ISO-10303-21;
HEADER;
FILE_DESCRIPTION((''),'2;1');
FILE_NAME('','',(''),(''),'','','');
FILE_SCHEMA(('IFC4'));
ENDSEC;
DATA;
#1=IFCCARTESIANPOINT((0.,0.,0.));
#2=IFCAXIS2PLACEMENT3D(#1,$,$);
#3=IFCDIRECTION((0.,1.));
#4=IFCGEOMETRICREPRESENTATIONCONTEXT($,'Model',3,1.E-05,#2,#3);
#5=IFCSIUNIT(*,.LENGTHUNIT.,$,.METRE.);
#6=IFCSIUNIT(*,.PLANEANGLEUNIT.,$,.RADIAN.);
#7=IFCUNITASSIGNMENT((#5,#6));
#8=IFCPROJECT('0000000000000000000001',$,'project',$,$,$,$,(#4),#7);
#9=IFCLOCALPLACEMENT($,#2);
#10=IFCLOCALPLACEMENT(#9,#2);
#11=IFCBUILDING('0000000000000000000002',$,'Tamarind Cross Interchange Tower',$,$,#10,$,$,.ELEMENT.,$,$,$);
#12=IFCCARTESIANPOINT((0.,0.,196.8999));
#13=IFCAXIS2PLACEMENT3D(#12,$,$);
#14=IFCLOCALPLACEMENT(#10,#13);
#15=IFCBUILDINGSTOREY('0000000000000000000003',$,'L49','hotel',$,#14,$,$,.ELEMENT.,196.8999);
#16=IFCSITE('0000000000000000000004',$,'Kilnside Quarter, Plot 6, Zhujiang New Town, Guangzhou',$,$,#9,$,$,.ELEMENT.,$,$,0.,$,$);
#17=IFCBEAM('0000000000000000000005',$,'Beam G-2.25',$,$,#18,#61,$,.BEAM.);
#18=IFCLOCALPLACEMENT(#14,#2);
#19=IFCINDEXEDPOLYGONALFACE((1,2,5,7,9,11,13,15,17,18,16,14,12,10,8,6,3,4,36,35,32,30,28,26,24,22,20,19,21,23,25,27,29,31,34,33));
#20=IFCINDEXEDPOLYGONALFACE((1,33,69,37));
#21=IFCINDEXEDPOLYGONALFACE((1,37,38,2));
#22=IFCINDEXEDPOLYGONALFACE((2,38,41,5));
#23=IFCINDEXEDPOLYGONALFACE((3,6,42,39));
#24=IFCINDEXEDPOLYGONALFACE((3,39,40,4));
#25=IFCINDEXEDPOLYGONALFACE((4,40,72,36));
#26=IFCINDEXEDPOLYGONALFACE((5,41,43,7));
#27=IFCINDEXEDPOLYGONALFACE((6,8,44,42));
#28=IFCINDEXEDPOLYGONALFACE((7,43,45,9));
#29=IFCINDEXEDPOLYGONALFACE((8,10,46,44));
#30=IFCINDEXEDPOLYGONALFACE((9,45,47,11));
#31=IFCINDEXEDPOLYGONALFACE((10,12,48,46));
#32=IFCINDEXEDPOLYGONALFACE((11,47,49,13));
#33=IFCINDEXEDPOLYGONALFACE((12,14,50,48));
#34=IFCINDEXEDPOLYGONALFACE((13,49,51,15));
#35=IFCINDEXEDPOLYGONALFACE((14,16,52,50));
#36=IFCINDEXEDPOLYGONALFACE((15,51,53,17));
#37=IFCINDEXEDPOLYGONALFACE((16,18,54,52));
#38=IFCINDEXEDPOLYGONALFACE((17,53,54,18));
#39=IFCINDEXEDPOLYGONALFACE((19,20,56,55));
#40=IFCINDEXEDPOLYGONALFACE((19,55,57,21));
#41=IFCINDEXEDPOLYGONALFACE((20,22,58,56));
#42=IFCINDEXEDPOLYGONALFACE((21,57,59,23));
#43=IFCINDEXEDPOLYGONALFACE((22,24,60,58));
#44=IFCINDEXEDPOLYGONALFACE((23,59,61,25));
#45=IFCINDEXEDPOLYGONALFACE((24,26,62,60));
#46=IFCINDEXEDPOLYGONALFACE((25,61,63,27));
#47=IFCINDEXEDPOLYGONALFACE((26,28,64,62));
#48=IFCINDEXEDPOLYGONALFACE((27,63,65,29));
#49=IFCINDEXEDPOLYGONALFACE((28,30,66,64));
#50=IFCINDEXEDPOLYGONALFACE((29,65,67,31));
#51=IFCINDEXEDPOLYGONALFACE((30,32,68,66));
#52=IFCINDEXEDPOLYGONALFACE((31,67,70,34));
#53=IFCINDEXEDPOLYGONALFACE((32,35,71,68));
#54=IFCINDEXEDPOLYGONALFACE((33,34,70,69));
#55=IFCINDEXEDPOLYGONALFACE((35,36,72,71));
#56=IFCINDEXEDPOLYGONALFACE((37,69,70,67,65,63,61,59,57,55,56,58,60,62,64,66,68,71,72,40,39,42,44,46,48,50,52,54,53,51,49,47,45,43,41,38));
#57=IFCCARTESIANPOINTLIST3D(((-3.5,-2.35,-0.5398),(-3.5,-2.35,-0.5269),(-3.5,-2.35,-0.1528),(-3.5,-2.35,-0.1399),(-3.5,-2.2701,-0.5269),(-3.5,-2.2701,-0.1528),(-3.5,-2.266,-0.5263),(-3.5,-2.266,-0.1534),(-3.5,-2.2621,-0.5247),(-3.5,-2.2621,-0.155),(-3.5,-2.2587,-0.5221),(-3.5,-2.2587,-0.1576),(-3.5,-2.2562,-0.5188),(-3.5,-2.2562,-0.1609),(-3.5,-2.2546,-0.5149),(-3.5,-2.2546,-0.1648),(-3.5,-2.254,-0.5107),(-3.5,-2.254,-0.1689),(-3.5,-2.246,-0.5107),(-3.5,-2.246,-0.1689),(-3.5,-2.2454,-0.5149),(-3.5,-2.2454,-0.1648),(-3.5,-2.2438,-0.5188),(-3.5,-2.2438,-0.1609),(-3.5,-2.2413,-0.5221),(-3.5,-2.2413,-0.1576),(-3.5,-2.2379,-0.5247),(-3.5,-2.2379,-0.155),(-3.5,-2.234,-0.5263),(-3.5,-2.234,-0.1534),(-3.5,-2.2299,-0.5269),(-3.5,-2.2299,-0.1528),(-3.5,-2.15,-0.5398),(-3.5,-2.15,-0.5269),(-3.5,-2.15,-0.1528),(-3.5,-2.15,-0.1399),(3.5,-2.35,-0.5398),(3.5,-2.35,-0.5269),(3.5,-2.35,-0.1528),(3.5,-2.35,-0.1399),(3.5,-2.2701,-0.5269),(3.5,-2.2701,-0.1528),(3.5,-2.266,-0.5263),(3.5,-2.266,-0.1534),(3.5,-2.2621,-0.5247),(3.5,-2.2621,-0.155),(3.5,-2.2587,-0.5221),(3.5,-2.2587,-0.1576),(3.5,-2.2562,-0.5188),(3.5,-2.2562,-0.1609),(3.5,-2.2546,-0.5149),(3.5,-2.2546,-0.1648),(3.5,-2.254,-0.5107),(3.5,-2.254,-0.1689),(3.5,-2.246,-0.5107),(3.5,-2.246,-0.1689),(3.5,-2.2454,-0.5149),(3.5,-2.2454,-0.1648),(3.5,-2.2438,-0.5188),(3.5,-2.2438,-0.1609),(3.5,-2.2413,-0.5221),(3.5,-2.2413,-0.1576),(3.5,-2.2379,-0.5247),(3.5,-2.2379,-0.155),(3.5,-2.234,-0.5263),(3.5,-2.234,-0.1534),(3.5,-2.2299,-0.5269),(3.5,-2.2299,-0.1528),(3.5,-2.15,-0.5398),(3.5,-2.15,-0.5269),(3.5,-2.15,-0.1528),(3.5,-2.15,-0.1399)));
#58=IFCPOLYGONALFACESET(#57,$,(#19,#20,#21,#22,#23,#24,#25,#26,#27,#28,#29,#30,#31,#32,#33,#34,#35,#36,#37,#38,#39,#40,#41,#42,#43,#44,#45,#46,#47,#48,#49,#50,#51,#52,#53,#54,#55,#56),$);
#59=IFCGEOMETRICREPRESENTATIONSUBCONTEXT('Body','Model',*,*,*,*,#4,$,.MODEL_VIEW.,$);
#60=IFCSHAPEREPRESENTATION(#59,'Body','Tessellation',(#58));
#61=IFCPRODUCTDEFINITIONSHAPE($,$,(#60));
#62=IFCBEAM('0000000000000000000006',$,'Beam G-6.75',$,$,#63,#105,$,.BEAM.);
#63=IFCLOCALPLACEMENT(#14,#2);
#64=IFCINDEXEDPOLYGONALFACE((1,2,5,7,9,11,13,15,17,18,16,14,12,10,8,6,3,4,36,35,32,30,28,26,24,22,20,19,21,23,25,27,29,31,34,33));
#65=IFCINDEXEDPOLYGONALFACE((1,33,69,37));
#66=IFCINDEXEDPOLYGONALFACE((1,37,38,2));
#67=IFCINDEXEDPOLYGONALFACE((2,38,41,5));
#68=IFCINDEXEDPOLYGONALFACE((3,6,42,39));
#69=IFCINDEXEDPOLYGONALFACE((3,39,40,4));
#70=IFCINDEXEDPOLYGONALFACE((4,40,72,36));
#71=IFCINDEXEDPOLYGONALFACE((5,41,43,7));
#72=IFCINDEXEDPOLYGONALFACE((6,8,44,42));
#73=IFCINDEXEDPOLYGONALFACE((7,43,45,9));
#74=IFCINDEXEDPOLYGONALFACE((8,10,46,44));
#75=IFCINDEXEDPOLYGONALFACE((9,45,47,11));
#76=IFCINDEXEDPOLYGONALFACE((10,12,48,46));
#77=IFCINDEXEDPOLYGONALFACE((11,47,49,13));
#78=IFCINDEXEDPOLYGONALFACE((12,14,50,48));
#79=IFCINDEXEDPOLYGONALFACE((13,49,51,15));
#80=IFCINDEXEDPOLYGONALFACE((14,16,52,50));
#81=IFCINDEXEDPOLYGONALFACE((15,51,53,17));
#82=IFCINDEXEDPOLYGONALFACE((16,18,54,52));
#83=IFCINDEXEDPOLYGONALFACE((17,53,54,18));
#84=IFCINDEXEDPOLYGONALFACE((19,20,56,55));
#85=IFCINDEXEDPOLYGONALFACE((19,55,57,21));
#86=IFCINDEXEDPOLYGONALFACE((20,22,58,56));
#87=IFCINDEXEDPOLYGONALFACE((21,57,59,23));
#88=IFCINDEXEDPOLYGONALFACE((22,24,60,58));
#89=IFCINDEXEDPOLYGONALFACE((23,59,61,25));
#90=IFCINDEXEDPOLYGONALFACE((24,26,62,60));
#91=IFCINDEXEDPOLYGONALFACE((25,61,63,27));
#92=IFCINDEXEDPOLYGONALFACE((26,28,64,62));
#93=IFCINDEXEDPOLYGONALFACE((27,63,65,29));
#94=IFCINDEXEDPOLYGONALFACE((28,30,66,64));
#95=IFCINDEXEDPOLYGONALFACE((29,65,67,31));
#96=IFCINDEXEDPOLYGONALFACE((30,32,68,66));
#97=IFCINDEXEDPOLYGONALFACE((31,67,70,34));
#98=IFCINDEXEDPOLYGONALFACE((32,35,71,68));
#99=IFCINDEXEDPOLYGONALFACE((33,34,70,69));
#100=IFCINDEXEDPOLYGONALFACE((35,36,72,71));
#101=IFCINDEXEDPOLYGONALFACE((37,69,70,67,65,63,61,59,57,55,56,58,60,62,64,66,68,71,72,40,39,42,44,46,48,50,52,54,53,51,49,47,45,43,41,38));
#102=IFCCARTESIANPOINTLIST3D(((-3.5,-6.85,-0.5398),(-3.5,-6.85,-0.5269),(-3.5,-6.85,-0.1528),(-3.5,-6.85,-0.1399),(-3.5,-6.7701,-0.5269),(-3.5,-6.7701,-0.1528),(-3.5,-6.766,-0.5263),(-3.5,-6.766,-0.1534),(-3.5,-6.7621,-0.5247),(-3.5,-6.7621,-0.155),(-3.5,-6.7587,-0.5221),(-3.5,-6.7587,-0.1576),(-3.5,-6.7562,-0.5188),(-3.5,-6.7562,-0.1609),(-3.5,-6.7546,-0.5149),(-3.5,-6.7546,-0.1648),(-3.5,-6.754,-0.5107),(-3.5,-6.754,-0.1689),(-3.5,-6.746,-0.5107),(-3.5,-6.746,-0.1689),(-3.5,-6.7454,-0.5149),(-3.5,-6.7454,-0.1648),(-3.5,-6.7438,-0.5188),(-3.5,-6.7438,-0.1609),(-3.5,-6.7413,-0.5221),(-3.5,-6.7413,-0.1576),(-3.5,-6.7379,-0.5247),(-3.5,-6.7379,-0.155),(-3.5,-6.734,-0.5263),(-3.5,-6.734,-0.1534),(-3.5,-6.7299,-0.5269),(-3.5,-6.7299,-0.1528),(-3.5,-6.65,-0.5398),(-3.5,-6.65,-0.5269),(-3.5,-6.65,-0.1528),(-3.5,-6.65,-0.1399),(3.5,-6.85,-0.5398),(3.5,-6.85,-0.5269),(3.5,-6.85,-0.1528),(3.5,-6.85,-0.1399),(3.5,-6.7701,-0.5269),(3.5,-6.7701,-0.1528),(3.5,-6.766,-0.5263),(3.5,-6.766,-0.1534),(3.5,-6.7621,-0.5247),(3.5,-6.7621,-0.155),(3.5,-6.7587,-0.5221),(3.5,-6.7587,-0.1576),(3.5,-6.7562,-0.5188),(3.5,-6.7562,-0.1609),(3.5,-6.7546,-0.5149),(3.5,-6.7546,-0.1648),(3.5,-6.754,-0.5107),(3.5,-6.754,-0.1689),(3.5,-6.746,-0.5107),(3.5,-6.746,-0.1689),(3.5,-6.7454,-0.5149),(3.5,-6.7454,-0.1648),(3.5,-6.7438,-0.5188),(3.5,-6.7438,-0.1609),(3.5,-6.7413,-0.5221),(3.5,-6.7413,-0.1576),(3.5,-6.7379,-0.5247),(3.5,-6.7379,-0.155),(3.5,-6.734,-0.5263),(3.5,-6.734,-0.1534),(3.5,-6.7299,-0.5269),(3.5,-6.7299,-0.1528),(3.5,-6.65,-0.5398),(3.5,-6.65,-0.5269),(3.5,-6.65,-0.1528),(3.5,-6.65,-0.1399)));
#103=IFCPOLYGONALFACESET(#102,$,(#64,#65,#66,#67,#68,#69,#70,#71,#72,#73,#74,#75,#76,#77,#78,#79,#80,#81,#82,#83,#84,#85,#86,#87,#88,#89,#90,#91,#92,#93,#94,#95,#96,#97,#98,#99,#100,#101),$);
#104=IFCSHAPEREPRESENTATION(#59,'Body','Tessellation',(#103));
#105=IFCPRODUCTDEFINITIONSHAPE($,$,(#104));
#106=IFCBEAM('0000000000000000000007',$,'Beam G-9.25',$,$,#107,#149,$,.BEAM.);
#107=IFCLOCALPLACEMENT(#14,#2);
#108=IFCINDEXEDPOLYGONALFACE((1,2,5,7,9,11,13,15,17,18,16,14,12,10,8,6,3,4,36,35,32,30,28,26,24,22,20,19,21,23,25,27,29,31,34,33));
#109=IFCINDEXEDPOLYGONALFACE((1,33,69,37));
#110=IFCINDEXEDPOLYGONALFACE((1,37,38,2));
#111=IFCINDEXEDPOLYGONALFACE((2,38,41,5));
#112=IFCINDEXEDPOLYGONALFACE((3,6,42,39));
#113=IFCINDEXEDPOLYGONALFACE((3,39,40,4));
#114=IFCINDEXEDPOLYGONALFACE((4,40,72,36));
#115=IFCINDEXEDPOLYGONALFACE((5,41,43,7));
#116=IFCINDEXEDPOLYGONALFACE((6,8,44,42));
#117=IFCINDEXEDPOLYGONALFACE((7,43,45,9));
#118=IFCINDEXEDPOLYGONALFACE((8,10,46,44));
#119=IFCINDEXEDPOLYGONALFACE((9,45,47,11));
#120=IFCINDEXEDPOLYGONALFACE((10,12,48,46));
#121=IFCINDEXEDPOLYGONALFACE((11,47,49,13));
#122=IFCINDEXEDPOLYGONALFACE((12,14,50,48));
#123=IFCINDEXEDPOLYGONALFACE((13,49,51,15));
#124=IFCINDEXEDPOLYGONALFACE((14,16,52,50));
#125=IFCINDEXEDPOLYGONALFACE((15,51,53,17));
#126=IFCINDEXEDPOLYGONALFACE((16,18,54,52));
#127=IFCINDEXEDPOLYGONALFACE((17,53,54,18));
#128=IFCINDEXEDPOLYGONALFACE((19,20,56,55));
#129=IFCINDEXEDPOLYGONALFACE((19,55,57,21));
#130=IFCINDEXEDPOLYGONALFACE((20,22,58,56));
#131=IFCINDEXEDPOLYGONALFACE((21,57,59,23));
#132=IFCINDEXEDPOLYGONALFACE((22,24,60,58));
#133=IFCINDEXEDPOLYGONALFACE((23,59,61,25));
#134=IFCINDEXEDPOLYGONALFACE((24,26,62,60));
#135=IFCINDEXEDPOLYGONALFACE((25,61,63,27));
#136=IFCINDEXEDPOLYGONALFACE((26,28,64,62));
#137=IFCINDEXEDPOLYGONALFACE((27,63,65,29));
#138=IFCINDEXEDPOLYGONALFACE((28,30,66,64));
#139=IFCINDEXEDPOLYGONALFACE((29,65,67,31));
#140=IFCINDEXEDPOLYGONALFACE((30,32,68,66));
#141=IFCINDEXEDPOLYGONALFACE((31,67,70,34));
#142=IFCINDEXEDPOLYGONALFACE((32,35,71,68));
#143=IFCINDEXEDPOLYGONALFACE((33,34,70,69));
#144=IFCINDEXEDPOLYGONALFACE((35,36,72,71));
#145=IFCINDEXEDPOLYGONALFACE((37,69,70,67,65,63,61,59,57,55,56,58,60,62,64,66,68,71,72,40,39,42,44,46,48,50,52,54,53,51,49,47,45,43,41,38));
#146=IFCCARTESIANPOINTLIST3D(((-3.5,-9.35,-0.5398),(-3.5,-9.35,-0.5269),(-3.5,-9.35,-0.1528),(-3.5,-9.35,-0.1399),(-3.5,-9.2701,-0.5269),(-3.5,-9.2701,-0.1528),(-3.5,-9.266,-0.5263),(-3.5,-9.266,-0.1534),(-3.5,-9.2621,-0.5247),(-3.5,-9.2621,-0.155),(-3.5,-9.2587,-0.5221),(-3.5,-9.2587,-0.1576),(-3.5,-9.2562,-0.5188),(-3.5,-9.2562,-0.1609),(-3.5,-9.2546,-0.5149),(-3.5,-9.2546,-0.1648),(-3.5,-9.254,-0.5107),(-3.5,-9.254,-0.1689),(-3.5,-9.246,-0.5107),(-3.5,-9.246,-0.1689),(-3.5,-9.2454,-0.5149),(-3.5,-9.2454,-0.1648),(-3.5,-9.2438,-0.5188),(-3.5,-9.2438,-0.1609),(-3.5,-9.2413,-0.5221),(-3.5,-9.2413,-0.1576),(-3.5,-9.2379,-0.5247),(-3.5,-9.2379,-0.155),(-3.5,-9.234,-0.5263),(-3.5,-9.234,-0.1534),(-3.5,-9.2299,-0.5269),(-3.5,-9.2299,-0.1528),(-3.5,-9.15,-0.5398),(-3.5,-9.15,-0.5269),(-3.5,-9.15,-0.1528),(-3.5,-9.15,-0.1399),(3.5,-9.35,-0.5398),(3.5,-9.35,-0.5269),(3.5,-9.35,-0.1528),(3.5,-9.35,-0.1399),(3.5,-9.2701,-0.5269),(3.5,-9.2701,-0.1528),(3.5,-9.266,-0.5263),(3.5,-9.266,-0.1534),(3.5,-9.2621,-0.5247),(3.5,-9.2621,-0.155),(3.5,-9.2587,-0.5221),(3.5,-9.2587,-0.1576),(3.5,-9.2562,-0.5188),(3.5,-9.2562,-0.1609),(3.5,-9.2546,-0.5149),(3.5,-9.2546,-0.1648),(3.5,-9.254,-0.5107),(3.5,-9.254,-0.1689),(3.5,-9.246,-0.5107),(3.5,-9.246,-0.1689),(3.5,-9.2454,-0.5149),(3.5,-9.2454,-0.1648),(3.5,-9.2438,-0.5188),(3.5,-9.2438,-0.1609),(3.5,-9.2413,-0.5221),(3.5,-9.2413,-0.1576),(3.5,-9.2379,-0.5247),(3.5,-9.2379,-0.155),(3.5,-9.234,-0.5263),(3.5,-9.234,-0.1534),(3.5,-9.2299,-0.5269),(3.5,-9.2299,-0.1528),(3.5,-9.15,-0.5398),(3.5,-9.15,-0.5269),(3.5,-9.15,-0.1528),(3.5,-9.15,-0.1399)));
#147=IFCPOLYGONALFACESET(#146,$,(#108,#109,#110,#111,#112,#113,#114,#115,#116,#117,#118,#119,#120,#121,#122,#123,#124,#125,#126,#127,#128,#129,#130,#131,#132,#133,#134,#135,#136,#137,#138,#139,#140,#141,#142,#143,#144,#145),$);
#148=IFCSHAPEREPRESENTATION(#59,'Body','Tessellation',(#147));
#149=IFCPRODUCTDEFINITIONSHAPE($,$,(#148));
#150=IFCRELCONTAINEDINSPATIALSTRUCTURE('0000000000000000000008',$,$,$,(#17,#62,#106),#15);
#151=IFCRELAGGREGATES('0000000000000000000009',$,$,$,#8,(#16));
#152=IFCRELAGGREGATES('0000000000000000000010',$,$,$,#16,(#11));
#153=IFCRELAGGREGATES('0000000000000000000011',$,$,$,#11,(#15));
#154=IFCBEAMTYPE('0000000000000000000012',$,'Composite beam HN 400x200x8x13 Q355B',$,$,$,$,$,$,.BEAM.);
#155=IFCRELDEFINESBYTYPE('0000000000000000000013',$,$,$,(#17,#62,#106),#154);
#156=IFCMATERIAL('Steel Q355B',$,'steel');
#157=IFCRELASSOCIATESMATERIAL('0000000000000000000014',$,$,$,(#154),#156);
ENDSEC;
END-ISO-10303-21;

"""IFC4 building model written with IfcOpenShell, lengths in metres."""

from ifc_helpers import new_model, si_unit, direction, frame, origin, origin_2d, place, context, subcontext, project, spatial, i_section, extrude, material, material_profile, profile_set, type_object, element, save


model = new_model("IFC4")

# Units and contexts
model_context = context("Model", 3, precision=1e-05, world=origin(), true_north=direction((0.0, 1.0)))
body_context = subcontext(model_context, "Body", "Model", "MODEL_VIEW")
ifc_project = project(units=[si_unit("LENGTHUNIT", "METRE"), si_unit("PLANEANGLEUNIT", "RADIAN")], contexts=[model_context])

# Site, building, storey
site_placement = place(None, origin())
site = spatial("IfcSite", under=ifc_project, at=site_placement, Name="Kilnside Quarter, Plot 6, Zhujiang New Town, Guangzhou", CompositionType="ELEMENT", RefElevation=0.0)
building_placement = place(site_placement, origin())
building = spatial("IfcBuilding", under=site, at=building_placement, Name="Tamarind Cross Interchange Tower", CompositionType="ELEMENT")
storey_placement = place(building_placement, frame((0.0, 0.0, 196.8999)))
storey = spatial("IfcBuildingStorey", under=building, at=storey_placement, Name="L49", Description="hotel", CompositionType="ELEMENT", Elevation=196.8999)

# Beams
ifc_material_1 = material(Name="Steel Q355B", Category="steel")
ifc_material_profile = material_profile(ifc_material_1, i_section(OverallWidth=0.2, OverallDepth=0.3999, WebThickness=0.0081, FlangeThickness=0.0129, FilletRadius=0.0161, at=origin_2d()), Name="HN 400x200x8x13")
ifc_profile_set = profile_set([ifc_material_profile], Name="Steel Q355B")
beam_type = type_object("IfcBeamType", Name="Composite beam HN 400x200x8x13 Q355B", PredefinedType="BEAM", material=ifc_profile_set)
for number, where, z_axis, x_axis, name in (
    (1, (-3.5, -2.25, -0.3398), (1.0, 0.0, 0.0), (0.0, 1.0, 0.0), "Beam G-2.25"),
    (2, (-3.5, -6.75, -0.3398), (1.0, 0.0, 0.0), (0.0, 1.0, 0.0), "Beam G-6.75"),
    (3, (-3.5, -9.25, -0.3398), (1.0, 0.0, 0.0), (0.0, 1.0, 0.0), "Beam G-9.25"),
):
    element("IfcBeam", number, at=place(storey_placement, frame(where, z_axis=z_axis, x_axis=x_axis)), inside=storey, type_object=beam_type, Name=name, PredefinedType="BEAM", context=body_context, shape_type="SweptSolid", body=[
        extrude(i_section(OverallWidth=0.2, OverallDepth=0.3999, WebThickness=0.0081, FlangeThickness=0.0129, FilletRadius=0.0161, at=origin_2d()), origin(), (0.0, 0.0, 1.0), 7.0),
    ])

save(model, "model.ifc")
